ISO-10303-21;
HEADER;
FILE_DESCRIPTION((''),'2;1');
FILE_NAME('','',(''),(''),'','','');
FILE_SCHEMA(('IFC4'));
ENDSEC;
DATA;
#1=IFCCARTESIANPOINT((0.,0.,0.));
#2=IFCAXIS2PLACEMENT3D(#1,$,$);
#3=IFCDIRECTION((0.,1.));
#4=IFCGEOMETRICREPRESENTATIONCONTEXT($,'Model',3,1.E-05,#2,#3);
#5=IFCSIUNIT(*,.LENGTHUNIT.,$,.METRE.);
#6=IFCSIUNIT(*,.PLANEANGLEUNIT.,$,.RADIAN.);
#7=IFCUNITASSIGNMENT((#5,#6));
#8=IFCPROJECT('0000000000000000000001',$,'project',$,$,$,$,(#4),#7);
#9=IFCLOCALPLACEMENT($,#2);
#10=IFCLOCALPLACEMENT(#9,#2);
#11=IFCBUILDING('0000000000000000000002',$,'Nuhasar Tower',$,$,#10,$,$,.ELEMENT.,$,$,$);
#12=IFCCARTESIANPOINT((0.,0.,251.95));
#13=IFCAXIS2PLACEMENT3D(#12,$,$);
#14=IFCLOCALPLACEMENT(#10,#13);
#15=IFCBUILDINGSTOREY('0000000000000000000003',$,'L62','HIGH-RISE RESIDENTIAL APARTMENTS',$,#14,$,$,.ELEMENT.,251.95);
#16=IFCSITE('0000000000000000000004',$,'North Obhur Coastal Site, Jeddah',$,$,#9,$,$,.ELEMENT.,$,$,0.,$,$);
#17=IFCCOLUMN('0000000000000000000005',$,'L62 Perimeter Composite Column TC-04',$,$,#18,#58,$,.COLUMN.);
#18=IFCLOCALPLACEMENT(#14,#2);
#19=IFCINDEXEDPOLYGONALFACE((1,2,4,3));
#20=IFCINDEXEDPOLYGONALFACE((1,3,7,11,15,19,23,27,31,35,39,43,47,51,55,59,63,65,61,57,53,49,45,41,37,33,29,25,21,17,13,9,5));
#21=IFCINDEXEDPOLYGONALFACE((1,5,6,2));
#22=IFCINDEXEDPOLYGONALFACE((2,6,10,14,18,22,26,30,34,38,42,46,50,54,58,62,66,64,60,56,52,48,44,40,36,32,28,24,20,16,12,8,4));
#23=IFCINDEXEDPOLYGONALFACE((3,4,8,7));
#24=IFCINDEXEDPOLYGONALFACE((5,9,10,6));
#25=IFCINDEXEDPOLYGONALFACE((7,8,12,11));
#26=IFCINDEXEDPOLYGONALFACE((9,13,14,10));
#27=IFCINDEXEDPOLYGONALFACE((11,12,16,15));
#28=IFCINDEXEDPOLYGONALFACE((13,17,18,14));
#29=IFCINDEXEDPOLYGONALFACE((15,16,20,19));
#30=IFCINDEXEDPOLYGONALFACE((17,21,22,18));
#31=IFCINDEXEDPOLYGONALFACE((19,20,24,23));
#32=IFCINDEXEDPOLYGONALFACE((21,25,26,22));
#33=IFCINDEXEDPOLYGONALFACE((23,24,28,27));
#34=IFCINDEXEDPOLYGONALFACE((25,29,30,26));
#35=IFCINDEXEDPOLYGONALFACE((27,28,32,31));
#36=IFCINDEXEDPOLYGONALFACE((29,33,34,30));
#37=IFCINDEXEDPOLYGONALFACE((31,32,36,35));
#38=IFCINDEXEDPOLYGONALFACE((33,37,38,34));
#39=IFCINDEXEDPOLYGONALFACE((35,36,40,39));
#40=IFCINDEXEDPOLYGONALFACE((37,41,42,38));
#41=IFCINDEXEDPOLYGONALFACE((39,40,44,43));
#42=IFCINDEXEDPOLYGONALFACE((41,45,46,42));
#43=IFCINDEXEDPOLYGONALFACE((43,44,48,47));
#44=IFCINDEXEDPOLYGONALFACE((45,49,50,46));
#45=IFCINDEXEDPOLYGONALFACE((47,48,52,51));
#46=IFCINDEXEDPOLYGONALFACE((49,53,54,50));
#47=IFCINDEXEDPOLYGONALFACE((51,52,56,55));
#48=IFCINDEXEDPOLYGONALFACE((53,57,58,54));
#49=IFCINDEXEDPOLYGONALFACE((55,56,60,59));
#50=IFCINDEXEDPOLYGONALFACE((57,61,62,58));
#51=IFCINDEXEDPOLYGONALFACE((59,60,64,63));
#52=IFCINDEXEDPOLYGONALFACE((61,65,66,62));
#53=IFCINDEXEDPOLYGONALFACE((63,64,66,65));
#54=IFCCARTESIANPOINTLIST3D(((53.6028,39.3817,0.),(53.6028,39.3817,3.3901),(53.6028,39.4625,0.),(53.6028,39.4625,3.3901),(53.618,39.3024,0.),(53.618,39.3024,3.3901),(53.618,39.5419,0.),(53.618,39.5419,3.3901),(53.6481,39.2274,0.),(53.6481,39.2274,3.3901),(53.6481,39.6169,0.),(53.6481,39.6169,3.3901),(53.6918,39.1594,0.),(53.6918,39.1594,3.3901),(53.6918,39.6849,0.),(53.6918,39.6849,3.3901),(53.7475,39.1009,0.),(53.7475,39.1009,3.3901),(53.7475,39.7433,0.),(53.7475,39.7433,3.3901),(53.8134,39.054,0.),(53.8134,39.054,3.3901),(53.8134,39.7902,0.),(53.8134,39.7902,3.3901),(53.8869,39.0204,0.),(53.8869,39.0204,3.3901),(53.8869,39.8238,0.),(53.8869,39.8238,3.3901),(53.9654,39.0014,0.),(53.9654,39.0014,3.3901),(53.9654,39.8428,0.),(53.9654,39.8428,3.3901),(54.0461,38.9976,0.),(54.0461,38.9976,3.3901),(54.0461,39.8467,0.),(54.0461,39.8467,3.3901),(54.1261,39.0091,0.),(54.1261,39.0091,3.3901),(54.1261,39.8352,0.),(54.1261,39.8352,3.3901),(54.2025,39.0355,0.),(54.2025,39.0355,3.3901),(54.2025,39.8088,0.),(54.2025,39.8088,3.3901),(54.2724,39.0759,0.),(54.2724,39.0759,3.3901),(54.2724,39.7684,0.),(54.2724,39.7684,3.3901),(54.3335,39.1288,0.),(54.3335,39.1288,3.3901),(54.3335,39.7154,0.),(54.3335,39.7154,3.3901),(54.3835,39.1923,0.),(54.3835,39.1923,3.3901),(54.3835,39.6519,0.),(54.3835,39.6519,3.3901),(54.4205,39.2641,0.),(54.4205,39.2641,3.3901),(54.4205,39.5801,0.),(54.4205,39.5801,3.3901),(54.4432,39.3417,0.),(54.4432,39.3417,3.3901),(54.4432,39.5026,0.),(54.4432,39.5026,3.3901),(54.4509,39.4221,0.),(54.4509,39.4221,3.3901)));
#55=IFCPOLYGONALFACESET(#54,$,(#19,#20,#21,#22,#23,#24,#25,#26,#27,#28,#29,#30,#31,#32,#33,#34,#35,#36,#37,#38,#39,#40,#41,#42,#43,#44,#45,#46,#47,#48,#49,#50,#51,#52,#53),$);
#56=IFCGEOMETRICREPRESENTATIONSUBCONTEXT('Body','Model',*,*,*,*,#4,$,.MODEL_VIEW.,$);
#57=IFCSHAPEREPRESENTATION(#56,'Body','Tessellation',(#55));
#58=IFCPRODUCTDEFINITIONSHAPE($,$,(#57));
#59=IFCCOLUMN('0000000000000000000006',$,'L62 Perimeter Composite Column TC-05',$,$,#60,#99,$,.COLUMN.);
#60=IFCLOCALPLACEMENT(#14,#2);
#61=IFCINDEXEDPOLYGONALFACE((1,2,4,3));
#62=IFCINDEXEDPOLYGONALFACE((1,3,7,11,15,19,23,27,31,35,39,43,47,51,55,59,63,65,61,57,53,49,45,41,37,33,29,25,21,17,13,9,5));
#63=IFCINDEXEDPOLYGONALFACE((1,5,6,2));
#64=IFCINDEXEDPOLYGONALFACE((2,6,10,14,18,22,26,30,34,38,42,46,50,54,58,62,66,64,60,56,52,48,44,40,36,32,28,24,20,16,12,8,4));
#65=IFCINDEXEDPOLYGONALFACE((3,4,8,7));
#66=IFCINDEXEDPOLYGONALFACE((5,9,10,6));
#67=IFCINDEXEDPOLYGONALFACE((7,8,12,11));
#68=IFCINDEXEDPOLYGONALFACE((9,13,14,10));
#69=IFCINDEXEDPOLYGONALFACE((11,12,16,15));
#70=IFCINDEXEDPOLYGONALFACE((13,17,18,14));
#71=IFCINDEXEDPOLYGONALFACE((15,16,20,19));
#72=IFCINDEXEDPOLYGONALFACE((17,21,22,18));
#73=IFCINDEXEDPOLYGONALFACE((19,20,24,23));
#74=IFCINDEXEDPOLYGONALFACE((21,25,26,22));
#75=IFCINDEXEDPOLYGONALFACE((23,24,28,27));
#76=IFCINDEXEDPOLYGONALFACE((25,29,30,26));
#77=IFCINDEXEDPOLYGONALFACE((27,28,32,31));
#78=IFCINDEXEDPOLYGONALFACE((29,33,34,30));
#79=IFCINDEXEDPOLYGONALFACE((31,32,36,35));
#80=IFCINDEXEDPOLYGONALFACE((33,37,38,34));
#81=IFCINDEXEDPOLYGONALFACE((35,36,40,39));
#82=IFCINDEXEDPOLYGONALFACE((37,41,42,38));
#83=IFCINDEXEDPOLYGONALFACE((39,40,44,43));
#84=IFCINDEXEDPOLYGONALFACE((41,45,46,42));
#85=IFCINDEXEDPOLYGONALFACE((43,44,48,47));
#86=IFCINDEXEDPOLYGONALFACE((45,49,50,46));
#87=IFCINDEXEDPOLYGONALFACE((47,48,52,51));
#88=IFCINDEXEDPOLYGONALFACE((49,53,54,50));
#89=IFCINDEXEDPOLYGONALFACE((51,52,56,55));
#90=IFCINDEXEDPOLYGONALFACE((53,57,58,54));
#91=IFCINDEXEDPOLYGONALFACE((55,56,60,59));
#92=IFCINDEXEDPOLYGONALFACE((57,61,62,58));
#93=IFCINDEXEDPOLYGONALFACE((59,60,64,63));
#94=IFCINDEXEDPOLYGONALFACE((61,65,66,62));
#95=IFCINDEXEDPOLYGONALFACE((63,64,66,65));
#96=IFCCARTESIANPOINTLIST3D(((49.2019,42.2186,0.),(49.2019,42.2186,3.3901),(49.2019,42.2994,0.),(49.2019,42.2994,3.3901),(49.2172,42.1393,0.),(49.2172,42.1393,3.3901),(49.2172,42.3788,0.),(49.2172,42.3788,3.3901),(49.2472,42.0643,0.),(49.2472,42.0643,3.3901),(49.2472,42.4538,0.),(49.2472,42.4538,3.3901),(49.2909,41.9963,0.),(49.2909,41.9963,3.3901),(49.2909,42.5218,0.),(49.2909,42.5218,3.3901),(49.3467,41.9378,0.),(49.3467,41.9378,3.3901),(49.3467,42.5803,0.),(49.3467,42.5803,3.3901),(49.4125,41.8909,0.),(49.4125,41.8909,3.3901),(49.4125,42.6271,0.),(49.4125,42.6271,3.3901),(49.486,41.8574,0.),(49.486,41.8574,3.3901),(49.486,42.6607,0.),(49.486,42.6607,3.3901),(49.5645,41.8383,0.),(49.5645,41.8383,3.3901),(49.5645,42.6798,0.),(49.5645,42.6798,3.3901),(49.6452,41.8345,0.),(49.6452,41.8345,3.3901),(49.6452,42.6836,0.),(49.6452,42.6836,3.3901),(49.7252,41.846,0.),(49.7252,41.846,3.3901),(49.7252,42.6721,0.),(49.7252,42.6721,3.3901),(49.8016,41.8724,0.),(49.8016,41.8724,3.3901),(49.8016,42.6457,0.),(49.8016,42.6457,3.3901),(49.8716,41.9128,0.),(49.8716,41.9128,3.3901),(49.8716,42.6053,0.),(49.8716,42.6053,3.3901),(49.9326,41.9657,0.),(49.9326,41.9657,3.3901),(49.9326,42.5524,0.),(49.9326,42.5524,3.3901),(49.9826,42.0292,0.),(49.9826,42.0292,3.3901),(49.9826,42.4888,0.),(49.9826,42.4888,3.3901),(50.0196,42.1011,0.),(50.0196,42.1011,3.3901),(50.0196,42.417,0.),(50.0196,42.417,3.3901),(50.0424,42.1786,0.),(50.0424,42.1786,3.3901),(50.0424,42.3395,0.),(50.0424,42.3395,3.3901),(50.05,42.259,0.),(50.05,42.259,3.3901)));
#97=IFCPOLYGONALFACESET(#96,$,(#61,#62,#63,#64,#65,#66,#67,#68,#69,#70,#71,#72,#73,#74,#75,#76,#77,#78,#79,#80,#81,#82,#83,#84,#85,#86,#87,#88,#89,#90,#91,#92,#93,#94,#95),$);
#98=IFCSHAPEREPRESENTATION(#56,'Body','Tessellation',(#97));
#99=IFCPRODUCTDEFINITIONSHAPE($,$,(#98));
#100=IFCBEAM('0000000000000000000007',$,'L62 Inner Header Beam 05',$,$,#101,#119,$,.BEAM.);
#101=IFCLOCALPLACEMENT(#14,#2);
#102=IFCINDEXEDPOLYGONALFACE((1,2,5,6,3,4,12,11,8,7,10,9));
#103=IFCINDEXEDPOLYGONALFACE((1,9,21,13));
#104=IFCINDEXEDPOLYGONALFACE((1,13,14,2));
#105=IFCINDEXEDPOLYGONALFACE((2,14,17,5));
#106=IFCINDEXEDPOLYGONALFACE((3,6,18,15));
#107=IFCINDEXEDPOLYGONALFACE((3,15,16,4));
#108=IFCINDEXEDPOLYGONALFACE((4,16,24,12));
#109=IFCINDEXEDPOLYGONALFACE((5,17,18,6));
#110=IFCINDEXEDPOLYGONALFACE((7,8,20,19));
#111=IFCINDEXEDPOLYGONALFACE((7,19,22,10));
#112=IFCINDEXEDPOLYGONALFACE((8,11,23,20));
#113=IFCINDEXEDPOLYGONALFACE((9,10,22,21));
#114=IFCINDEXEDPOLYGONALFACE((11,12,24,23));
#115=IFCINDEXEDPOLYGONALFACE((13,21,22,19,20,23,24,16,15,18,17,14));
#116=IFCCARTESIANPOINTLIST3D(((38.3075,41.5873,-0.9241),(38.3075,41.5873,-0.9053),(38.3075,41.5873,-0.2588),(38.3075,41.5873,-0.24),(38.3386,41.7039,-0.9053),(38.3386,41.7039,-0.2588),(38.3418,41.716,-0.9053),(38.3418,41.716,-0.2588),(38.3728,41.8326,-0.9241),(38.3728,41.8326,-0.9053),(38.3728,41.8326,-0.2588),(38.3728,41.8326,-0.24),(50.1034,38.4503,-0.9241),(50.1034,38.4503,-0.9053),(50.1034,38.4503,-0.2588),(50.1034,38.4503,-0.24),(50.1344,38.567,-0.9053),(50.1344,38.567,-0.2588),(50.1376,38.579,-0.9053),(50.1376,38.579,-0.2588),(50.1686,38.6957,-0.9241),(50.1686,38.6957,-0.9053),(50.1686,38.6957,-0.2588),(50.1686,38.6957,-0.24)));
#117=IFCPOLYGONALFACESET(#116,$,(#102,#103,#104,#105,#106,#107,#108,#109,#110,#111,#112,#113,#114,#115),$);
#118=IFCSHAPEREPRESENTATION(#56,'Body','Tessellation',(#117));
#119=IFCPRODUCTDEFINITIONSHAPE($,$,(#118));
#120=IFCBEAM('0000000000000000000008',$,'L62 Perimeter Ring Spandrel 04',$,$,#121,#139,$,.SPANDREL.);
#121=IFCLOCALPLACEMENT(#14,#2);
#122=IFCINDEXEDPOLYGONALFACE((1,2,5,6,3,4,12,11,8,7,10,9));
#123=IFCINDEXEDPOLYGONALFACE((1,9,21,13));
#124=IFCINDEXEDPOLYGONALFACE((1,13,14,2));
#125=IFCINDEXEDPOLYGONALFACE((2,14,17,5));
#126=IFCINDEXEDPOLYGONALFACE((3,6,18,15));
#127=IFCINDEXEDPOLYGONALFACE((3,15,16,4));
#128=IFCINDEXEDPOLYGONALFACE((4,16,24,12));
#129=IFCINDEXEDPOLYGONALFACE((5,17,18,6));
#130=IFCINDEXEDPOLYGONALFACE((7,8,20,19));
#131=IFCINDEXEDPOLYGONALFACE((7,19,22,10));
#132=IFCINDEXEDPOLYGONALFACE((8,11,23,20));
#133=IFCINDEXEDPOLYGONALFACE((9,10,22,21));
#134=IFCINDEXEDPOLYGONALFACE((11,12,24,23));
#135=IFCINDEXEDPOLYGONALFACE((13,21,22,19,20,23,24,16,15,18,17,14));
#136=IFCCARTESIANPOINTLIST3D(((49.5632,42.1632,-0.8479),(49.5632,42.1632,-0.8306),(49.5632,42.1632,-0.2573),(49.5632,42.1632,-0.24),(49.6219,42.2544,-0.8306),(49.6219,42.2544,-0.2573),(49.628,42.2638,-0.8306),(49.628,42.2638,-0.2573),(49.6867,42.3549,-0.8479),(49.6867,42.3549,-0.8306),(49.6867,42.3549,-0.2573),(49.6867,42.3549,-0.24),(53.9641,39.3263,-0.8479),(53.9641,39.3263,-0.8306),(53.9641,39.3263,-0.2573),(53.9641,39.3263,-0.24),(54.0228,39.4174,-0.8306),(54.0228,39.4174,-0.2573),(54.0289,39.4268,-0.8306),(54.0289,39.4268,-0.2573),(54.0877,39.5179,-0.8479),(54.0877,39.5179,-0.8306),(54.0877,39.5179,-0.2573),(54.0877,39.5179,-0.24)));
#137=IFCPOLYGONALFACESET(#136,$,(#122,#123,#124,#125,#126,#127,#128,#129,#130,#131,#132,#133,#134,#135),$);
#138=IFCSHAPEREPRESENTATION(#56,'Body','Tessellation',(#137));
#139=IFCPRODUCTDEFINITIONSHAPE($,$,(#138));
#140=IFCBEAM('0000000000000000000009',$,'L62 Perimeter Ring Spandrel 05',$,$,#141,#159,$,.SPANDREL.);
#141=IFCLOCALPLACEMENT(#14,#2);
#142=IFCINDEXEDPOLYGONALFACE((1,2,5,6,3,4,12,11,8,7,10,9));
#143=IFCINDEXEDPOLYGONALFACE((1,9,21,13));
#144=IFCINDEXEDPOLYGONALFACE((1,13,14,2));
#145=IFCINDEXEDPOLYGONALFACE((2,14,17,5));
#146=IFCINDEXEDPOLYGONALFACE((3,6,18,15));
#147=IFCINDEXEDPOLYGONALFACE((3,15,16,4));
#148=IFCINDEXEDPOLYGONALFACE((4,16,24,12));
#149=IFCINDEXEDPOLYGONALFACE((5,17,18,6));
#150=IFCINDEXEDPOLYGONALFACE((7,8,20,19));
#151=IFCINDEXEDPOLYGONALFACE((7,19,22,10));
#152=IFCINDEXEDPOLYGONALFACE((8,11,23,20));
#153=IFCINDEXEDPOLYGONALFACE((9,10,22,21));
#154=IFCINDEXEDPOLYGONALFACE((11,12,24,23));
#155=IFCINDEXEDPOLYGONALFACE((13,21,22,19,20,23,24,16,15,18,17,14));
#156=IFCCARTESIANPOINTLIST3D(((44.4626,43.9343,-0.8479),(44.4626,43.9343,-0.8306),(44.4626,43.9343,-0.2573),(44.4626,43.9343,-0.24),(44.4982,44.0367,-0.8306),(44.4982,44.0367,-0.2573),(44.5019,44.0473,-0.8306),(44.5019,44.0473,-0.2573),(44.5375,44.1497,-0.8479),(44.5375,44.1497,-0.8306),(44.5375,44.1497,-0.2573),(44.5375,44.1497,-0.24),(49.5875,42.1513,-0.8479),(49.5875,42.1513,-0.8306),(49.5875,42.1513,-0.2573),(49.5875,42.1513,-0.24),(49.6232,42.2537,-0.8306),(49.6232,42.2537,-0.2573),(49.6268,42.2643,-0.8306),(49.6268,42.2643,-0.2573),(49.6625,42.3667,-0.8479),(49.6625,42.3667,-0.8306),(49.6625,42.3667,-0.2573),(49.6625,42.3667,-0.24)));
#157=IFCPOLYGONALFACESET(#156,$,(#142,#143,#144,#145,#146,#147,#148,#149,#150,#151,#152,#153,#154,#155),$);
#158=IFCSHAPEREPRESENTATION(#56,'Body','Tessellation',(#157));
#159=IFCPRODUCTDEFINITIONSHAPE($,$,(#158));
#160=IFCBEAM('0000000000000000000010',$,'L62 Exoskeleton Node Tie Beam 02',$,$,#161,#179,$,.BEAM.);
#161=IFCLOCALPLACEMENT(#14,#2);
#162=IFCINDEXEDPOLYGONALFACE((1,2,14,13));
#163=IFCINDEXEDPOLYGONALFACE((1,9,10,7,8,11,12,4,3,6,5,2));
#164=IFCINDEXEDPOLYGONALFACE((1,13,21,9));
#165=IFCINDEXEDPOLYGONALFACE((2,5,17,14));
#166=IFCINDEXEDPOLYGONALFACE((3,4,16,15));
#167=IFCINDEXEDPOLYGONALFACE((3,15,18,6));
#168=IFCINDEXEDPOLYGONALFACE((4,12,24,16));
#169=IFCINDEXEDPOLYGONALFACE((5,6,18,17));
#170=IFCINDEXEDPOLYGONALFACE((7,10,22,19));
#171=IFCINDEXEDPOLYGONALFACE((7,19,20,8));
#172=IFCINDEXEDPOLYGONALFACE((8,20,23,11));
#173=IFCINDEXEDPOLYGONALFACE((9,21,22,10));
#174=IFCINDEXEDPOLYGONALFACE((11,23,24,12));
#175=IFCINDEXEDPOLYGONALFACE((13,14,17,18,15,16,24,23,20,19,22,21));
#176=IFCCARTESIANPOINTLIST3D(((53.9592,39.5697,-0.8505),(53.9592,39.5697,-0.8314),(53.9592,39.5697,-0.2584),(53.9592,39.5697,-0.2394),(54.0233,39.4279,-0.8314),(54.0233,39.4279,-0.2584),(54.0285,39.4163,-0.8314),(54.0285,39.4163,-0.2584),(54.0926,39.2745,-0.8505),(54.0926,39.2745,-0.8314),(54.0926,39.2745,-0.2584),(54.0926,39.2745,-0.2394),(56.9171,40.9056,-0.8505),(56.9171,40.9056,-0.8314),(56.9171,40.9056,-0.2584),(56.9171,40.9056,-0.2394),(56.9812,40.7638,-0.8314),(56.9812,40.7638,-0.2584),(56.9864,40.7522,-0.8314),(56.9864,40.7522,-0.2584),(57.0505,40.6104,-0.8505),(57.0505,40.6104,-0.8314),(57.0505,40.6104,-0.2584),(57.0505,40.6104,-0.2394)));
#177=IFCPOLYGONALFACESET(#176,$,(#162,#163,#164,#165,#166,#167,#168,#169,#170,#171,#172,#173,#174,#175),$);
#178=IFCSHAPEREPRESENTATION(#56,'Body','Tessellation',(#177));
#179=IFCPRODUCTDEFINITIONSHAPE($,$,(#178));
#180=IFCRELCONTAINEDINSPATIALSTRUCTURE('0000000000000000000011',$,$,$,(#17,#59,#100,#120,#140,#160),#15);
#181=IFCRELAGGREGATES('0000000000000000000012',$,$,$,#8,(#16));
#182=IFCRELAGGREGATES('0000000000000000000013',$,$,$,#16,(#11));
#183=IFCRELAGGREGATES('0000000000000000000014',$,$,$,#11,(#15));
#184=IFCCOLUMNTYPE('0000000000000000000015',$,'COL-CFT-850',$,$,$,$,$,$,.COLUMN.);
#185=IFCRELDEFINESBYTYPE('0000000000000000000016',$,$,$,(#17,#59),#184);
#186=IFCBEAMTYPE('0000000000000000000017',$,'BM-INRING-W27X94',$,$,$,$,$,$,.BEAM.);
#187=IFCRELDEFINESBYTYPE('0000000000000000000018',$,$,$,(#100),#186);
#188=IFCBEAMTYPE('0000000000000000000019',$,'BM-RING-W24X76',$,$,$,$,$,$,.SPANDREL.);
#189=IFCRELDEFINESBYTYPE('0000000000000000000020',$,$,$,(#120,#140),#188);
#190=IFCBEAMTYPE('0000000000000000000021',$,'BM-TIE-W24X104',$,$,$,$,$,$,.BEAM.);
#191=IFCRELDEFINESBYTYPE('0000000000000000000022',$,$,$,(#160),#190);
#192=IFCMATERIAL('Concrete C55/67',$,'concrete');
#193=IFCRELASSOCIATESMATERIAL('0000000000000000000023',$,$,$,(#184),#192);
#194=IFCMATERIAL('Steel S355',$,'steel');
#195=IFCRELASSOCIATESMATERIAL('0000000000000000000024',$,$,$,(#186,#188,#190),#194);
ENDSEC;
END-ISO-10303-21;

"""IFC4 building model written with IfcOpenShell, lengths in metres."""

from ifc_helpers import new_model, si_unit, direction, frame, origin, origin_2d, place, context, subcontext, project, spatial, circle, i_section, extrude, material, material_profile, profile_set, type_object, element, save


model = new_model("IFC4")

# Units and contexts
model_context = context("Model", 3, precision=1e-05, world=origin(), true_north=direction((0.0, 1.0)))
body_context = subcontext(model_context, "Body", "Model", "MODEL_VIEW")
ifc_project = project(units=[si_unit("LENGTHUNIT", "METRE"), si_unit("PLANEANGLEUNIT", "RADIAN")], contexts=[model_context])

# Site, building, storey
site_placement = place(None, origin())
site = spatial("IfcSite", under=ifc_project, at=site_placement, Name="North Obhur Coastal Site, Jeddah", CompositionType="ELEMENT", RefElevation=0.0)
building_placement = place(site_placement, origin())
building = spatial("IfcBuilding", under=site, at=building_placement, Name="Nuhasar Tower", CompositionType="ELEMENT")
storey_placement = place(building_placement, frame((0.0, 0.0, 251.95)))
storey = spatial("IfcBuildingStorey", under=building, at=storey_placement, Name="L62", Description="HIGH-RISE RESIDENTIAL APARTMENTS", CompositionType="ELEMENT", Elevation=251.95)

# Columns
ifc_material_1 = material(Name="Concrete C55/67", Category="concrete")
ifc_material_profile_1 = material_profile(ifc_material_1, circle(Radius=0.425, at=origin_2d()), Name="CFT850")
ifc_profile_set_1 = profile_set([ifc_material_profile_1], Name="Concrete C55/67")
column_type = type_object("IfcColumnType", Name="COL-CFT-850", PredefinedType="COLUMN", material=ifc_profile_set_1)
for number, where, z_axis, x_axis, name in (
    (1, (54.0259, 39.4221, 0.0), (0.0, 0.0, 1.0), (1.0, 0.0, 0.0), "L62 Perimeter Composite Column TC-04"),
    (2, (49.625, 42.259, 0.0), (0.0, 0.0, 1.0), (1.0, 0.0, 0.0), "L62 Perimeter Composite Column TC-05"),
):
    element("IfcColumn", number, at=place(storey_placement, frame(where, z_axis=z_axis, x_axis=x_axis)), inside=storey, type_object=column_type, Name=name, PredefinedType="COLUMN", context=body_context, shape_type="SweptSolid", body=[
        extrude(circle(Radius=0.425, at=origin_2d()), origin(), (0.0, 0.0, 1.0), 3.3901),
    ])

# Beams
ifc_material_2 = material(Name="Steel S355", Category="steel")
ifc_material_profile_2 = material_profile(ifc_material_2, i_section(OverallWidth=0.2539, OverallDepth=0.6841, WebThickness=0.0125, FlangeThickness=0.0188, at=origin_2d()), Name="W27X94")
ifc_profile_set_2 = profile_set([ifc_material_profile_2], Name="Steel S355")
beam_type_1 = type_object("IfcBeamType", Name="BM-INRING-W27X94", PredefinedType="BEAM", material=ifc_profile_set_2)
beam_1_placement = place(storey_placement, frame((50.136, 38.573, -0.582), z_axis=(-0.96641, 0.257004, 0.0), x_axis=(-0.257004, -0.96641, 0.0)))
element("IfcBeam", 3, at=beam_1_placement, inside=storey, type_object=beam_type_1, Name="L62 Inner Header Beam 05", PredefinedType="BEAM", context=body_context, shape_type="SweptSolid", body=[
    extrude(i_section(OverallWidth=0.2539, OverallDepth=0.6841, WebThickness=0.0125, FlangeThickness=0.0188, at=origin_2d()), origin(), (0.0, 0.0, 1.0), 12.2058),
])
ifc_material_profile_3 = material_profile(ifc_material_2, i_section(OverallWidth=0.228, OverallDepth=0.6079, WebThickness=0.0112, FlangeThickness=0.0173, at=origin_2d()), Name="W24X76")
ifc_profile_set_3 = profile_set([ifc_material_profile_3], Name="Steel S355")
beam_type_2 = type_object("IfcBeamType", Name="BM-RING-W24X76", PredefinedType="SPANDREL", material=ifc_profile_set_3)
beam_2_placement = place(storey_placement, frame((54.0259, 39.4221, -0.5439), z_axis=(-0.840502, 0.541808, 0.0), x_axis=(-0.541808, -0.840502, 0.0)))
element("IfcBeam", 4, at=beam_2_placement, inside=storey, type_object=beam_type_2, Name="L62 Perimeter Ring Spandrel 04", PredefinedType="SPANDREL", context=body_context, shape_type="SweptSolid", body=[
    extrude(i_section(OverallWidth=0.228, OverallDepth=0.6079, WebThickness=0.0112, FlangeThickness=0.0173, at=origin_2d()), origin(), (0.0, 0.0, 1.0), 5.2361),
])
beam_3_placement = place(storey_placement, frame((49.625, 42.259, -0.5439), z_axis=(-0.944477, 0.328578, 0.0), x_axis=(-0.328578, -0.944477, 0.0)))
element("IfcBeam", 5, at=beam_3_placement, inside=storey, type_object=beam_type_2, Name="L62 Perimeter Ring Spandrel 05", PredefinedType="SPANDREL", context=body_context, shape_type="SweptSolid", body=[
    extrude(i_section(OverallWidth=0.228, OverallDepth=0.6079, WebThickness=0.0112, FlangeThickness=0.0173, at=origin_2d()), origin(), (0.0, 0.0, 1.0), 5.4263),
])
ifc_material_profile_4 = material_profile(ifc_material_2, i_section(OverallWidth=0.324, OverallDepth=0.6111, WebThickness=0.0127, FlangeThickness=0.019, at=origin_2d()), Name="W24X104")
ifc_profile_set_4 = profile_set([ifc_material_profile_4], Name="Steel S355")
beam_type_3 = type_object("IfcBeamType", Name="BM-TIE-W24X104", PredefinedType="BEAM", material=ifc_profile_set_4)
beam_4_placement = place(storey_placement, frame((54.0259, 39.4221, -0.5449), z_axis=(0.911363, 0.411603, 0.0), x_axis=(-0.411603, 0.911363, 0.0)))
element("IfcBeam", 6, at=beam_4_placement, inside=storey, type_object=beam_type_3, Name="L62 Exoskeleton Node Tie Beam 02", PredefinedType="BEAM", context=body_context, shape_type="SweptSolid", body=[
    extrude(i_section(OverallWidth=0.324, OverallDepth=0.6111, WebThickness=0.0127, FlangeThickness=0.019, at=origin_2d()), origin(), (0.0, 0.0, 1.0), 3.2456),
])

save(model, "model.ifc")
